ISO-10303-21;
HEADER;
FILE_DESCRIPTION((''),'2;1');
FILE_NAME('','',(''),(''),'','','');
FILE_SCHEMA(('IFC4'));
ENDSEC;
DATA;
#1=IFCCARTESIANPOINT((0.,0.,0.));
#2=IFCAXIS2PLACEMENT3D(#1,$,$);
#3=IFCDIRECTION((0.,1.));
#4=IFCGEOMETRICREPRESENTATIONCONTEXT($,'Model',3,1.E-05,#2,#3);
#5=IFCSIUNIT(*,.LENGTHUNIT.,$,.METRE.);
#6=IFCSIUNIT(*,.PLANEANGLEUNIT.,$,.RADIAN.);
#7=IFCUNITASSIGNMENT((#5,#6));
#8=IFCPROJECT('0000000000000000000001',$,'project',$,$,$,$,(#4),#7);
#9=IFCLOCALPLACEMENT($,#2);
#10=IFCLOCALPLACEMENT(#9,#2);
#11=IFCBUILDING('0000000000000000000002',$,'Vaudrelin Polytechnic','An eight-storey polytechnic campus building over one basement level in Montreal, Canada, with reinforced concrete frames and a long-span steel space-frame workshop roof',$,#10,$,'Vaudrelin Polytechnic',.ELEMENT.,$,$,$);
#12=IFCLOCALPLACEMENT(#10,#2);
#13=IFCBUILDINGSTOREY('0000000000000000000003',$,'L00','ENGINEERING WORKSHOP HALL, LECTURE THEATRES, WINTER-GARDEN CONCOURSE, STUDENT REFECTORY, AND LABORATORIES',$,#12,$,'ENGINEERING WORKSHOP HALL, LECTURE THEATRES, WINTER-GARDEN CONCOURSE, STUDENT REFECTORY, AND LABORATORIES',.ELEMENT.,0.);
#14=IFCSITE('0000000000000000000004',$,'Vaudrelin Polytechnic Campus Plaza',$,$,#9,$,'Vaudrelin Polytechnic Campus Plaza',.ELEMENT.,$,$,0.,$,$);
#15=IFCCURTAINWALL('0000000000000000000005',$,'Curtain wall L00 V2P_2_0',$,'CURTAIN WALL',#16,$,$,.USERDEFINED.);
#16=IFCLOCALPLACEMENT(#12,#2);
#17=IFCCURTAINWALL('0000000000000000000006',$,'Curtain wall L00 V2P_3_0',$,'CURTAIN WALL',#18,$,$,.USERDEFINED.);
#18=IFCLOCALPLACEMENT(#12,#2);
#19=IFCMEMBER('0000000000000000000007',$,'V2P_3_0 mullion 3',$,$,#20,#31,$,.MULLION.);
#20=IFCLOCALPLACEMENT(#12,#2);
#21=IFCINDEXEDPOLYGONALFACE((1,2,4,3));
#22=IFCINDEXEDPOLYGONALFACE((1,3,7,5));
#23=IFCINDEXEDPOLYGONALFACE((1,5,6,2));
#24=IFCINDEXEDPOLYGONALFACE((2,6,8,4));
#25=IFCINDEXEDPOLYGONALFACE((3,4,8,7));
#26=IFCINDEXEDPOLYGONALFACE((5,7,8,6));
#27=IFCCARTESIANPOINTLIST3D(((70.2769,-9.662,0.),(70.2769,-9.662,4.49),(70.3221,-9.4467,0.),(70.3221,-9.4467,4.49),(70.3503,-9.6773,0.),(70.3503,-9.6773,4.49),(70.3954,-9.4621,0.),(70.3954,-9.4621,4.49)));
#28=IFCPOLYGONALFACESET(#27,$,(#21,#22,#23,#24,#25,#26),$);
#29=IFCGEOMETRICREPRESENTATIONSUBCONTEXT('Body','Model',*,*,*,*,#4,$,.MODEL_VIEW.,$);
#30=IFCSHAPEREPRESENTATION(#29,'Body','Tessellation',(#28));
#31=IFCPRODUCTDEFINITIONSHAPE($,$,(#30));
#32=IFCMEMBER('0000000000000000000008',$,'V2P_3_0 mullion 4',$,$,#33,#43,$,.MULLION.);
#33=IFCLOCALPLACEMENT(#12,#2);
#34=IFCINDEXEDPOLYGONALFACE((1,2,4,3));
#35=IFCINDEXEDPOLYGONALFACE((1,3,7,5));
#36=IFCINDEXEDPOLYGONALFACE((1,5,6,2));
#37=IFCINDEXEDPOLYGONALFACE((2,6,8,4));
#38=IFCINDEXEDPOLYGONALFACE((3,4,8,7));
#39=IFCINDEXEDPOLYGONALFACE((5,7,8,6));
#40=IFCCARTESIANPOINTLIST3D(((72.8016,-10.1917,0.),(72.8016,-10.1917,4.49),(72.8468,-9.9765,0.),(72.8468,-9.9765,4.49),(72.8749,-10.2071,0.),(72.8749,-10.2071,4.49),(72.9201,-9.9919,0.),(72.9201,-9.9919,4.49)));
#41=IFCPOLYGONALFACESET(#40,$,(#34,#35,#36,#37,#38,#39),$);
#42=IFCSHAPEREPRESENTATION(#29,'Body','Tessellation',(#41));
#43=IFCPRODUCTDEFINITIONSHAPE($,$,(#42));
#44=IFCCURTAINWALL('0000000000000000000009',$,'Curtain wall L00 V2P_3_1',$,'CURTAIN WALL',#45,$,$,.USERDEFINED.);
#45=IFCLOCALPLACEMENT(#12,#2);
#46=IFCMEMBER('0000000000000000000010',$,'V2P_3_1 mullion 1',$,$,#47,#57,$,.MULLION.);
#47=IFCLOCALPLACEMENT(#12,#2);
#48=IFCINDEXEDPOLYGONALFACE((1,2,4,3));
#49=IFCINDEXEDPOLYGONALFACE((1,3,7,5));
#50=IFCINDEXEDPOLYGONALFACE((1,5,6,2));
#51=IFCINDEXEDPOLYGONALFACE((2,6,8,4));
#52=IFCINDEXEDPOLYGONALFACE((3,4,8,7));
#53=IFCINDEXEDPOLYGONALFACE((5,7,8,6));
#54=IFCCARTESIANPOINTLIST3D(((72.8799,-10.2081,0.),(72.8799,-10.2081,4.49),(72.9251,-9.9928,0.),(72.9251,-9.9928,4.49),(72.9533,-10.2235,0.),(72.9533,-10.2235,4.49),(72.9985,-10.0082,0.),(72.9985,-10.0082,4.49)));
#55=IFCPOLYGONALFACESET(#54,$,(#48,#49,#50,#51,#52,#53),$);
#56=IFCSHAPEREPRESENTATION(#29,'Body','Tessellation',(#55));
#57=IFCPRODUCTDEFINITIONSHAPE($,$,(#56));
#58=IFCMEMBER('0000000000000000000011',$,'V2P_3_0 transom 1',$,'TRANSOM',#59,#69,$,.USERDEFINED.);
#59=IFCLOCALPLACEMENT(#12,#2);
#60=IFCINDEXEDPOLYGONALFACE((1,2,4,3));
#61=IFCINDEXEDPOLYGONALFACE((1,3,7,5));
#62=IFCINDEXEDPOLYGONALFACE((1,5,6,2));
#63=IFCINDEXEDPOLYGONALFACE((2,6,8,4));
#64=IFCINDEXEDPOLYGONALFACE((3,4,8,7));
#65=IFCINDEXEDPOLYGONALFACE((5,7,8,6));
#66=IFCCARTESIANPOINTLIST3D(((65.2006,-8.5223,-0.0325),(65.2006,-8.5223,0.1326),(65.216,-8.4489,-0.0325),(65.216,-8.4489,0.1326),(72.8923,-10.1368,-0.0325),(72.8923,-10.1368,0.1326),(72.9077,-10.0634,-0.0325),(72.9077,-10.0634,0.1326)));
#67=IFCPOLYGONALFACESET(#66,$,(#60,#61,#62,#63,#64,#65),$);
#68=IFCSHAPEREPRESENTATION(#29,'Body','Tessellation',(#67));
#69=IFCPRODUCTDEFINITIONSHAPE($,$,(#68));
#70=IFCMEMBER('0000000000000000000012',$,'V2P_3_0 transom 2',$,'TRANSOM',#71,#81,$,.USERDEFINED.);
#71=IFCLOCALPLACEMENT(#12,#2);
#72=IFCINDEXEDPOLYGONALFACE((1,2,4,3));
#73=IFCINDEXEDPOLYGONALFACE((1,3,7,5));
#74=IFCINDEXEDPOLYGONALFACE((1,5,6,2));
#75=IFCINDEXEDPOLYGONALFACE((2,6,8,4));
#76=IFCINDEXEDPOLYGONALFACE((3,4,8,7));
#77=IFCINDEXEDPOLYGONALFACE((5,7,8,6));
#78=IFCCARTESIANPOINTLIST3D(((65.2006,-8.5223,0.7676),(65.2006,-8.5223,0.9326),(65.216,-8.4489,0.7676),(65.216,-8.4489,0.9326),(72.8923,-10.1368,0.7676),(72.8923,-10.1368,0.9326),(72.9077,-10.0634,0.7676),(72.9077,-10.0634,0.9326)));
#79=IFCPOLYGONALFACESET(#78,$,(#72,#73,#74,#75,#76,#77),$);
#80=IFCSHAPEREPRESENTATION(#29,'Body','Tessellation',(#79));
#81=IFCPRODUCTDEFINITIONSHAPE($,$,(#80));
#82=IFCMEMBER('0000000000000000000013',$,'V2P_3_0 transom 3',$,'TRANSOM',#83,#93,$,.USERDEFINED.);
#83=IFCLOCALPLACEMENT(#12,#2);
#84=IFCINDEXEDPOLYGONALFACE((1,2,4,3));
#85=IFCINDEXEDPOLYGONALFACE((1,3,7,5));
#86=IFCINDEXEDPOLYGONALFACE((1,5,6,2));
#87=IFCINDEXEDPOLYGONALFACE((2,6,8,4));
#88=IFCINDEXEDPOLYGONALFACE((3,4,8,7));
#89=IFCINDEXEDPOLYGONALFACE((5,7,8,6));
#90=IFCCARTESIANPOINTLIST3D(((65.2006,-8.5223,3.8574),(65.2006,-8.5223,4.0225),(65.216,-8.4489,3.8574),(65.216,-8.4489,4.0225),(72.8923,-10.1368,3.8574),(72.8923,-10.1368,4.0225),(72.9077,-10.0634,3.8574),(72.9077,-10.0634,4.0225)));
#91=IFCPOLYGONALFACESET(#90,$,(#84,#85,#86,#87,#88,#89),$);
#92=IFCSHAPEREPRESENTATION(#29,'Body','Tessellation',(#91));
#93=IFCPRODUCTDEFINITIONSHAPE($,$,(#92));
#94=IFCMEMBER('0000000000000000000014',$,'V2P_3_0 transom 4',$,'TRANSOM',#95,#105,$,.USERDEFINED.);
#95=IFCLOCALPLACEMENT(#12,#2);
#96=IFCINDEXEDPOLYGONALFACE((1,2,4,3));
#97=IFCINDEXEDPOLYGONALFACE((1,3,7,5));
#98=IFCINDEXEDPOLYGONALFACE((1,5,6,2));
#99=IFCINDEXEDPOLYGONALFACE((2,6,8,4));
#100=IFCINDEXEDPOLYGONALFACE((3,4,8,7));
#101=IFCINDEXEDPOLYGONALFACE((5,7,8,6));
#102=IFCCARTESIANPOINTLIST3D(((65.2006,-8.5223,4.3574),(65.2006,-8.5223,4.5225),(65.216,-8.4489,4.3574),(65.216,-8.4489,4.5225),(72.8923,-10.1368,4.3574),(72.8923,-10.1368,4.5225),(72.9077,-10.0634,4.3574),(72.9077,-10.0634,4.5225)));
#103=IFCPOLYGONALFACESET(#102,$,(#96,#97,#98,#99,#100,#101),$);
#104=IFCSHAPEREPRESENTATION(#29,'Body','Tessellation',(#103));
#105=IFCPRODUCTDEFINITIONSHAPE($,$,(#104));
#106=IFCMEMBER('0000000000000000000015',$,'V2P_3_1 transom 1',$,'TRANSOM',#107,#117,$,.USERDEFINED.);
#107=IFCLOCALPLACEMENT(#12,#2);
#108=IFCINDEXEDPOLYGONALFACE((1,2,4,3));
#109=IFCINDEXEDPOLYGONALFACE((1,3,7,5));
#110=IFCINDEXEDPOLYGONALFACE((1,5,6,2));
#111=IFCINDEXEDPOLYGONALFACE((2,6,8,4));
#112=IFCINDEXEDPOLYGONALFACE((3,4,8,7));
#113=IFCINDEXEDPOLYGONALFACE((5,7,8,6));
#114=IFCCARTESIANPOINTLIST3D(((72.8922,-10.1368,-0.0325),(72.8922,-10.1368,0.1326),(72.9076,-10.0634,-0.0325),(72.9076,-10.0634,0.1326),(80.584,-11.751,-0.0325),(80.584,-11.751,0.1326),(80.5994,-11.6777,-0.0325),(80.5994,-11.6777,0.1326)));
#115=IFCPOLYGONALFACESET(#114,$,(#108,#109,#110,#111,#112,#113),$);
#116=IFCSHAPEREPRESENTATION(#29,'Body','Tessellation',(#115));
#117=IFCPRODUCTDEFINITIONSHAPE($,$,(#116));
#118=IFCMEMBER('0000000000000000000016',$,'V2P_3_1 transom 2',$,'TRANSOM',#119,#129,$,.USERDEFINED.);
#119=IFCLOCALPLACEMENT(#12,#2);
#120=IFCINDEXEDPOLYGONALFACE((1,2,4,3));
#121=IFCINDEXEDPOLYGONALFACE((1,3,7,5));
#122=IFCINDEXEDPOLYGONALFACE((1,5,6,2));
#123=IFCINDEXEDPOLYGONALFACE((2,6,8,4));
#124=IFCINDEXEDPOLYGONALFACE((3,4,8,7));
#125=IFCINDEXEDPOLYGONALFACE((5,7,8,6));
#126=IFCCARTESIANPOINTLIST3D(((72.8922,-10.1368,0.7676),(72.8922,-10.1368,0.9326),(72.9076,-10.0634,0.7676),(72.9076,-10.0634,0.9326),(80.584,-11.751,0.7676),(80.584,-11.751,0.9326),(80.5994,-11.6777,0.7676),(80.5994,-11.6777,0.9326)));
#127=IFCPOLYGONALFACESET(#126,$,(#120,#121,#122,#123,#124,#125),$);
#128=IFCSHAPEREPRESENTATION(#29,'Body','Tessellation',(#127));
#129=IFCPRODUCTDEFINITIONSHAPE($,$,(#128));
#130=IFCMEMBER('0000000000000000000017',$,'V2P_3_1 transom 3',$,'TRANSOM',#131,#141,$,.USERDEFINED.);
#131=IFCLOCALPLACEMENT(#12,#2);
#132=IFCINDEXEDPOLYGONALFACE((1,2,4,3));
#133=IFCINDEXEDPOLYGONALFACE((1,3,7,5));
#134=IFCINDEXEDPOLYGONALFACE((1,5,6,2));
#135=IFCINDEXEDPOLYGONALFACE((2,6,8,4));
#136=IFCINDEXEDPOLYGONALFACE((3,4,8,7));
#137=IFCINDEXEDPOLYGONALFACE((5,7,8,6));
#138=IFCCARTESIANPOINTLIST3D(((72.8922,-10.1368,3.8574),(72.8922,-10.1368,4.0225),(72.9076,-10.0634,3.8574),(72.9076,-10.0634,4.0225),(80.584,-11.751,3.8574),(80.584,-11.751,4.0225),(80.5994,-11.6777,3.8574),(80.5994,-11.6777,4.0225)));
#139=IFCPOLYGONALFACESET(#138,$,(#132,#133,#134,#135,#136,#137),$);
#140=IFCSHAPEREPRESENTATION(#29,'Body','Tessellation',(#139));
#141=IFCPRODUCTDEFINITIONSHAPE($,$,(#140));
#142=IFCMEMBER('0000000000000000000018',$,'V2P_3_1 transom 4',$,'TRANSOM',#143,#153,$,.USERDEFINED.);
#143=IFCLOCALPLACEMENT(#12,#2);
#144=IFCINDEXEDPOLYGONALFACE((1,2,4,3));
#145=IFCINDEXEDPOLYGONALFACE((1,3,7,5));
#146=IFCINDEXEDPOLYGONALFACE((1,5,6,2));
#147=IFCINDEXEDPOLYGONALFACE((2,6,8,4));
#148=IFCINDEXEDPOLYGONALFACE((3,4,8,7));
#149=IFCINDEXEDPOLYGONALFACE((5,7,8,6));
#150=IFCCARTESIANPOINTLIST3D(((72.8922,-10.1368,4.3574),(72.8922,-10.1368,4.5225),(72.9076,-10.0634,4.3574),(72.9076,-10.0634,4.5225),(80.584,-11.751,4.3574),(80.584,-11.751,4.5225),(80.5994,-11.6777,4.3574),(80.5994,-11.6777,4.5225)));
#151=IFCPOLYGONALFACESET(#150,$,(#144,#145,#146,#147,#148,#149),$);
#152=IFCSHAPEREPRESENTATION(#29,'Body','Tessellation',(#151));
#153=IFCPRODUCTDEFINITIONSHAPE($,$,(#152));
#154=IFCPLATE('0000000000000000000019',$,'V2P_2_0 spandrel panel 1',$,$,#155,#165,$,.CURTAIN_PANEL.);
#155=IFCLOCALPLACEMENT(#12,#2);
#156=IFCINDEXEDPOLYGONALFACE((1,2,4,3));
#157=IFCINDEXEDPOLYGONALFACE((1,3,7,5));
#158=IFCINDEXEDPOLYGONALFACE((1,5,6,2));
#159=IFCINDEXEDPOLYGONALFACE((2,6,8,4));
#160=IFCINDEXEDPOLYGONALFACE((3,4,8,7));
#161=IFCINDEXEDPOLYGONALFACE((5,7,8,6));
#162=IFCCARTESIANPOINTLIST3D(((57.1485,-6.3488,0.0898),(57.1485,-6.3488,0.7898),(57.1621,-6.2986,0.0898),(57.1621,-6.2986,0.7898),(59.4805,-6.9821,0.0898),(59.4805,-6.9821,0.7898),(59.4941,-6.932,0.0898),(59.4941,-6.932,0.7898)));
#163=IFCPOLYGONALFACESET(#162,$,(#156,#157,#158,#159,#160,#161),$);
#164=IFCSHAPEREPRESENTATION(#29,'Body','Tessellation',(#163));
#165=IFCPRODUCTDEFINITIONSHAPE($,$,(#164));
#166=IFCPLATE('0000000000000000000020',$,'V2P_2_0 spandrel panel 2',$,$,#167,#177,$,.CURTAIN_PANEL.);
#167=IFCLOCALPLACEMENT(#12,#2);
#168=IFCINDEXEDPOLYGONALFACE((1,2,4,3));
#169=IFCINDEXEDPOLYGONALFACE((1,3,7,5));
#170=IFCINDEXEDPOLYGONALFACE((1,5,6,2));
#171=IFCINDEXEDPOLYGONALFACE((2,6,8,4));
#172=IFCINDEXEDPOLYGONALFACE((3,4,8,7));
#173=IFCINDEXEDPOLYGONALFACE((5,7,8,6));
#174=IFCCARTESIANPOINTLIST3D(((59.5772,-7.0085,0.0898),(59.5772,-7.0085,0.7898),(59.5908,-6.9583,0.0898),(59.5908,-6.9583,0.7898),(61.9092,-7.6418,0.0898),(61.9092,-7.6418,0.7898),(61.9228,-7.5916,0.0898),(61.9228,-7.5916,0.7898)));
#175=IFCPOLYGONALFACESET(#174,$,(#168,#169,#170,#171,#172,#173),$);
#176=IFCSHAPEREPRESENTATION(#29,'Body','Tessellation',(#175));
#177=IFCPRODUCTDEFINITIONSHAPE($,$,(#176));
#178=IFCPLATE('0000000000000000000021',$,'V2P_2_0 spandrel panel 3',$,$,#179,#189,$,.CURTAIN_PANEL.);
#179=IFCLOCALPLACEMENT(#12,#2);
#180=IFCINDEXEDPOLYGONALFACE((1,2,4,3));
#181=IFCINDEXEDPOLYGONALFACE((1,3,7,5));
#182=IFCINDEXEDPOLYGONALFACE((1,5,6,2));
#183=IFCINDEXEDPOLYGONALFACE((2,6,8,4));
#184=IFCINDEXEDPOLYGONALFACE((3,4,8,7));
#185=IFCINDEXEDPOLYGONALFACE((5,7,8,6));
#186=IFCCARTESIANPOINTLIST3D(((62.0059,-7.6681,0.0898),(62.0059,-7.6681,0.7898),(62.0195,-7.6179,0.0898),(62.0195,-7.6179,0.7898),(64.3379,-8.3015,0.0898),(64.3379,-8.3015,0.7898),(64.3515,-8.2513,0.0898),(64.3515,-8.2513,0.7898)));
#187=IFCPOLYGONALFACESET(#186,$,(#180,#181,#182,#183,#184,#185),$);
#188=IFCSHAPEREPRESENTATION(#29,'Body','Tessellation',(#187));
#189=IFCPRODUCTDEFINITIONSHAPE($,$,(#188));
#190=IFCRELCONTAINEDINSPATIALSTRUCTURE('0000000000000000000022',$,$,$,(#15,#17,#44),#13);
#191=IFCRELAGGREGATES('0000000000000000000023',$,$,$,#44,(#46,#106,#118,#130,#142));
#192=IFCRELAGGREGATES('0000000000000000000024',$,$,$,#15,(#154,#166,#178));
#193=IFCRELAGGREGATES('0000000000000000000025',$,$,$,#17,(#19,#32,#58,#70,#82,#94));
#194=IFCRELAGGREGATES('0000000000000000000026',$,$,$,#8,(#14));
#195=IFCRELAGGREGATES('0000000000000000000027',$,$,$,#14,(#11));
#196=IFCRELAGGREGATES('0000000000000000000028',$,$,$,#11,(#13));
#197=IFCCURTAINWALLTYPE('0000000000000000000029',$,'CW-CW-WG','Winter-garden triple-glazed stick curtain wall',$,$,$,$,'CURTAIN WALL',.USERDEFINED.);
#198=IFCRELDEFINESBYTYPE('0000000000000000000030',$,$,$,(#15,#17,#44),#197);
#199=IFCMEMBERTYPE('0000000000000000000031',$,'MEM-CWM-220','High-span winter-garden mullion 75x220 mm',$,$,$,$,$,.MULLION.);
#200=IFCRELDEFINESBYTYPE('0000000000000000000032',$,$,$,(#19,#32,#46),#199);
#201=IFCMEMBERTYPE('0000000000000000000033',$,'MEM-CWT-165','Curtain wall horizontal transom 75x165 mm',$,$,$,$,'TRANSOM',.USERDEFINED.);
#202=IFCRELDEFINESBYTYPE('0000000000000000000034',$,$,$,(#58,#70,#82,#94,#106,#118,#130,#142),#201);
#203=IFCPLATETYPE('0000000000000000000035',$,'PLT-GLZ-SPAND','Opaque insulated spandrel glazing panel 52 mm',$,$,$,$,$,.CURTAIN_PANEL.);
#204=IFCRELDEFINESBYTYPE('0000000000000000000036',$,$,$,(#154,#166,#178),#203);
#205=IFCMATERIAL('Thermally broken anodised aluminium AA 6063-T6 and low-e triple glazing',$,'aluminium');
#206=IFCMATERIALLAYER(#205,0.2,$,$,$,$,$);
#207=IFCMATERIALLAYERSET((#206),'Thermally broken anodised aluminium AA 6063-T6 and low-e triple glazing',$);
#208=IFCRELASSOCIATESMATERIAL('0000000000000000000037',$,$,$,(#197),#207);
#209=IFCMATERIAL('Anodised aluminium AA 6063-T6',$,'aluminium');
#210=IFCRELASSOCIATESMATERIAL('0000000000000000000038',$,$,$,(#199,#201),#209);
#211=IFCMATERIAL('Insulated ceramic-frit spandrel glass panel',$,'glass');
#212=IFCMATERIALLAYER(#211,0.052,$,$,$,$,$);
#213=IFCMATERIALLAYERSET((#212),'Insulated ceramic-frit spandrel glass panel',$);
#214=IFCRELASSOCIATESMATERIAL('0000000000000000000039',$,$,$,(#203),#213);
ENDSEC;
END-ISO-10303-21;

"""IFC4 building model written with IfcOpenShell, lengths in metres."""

from ifc_helpers import new_model, si_unit, direction, frame, origin, origin_2d, place, context, subcontext, project, spatial, rectangle, extrude, material, layer, layer_set, material_profile, profile_set, type_object, element, aggregate, save


model = new_model("IFC4")

# Units and contexts
model_context = context("Model", 3, precision=1e-05, world=origin(), true_north=direction((0.0, 1.0)))
body_context = subcontext(model_context, "Body", "Model", "MODEL_VIEW")
ifc_project = project(units=[si_unit("LENGTHUNIT", "METRE"), si_unit("PLANEANGLEUNIT", "RADIAN")], contexts=[model_context])

# Site, building, storey
site_placement = place(None, origin())
site = spatial("IfcSite", under=ifc_project, at=site_placement, Name="Vaudrelin Polytechnic Campus Plaza", LongName="Vaudrelin Polytechnic Campus Plaza", CompositionType="ELEMENT", RefElevation=0.0)
building_placement = place(site_placement, origin())
building = spatial("IfcBuilding", under=site, at=building_placement, Name="Vaudrelin Polytechnic", Description="An eight-storey polytechnic campus building over one basement level in Montreal, Canada, with reinforced concrete frames and a long-span steel space-frame workshop roof", LongName="Vaudrelin Polytechnic", CompositionType="ELEMENT")
storey_placement = place(building_placement, origin())
storey = spatial("IfcBuildingStorey", under=building, at=storey_placement, Name="L00", Description="ENGINEERING WORKSHOP HALL, LECTURE THEATRES, WINTER-GARDEN CONCOURSE, STUDENT REFECTORY, AND LABORATORIES", LongName="ENGINEERING WORKSHOP HALL, LECTURE THEATRES, WINTER-GARDEN CONCOURSE, STUDENT REFECTORY, AND LABORATORIES", CompositionType="ELEMENT", Elevation=0.0)

# Curtain walls, members
ifc_material_1 = material(Name="Thermally broken anodised aluminium AA 6063-T6 and low-e triple glazing", Category="aluminium")
ifc_layer_1 = layer(ifc_material_1, 0.2)
ifc_layer_set_1 = layer_set([ifc_layer_1], Name="Thermally broken anodised aluminium AA 6063-T6 and low-e triple glazing")
curtain_wall_type = type_object("IfcCurtainWallType", Name="CW-CW-WG", Description="Winter-garden triple-glazed stick curtain wall", ElementType="CURTAIN WALL", PredefinedType="USERDEFINED", material=ifc_layer_set_1)
curtain_wall_1_placement = place(storey_placement, origin())
curtain_wall_1 = element("IfcCurtainWall", 1, at=curtain_wall_1_placement, inside=storey, type_object=curtain_wall_type, Name="Curtain wall L00 V2P_2_0", ObjectType="CURTAIN WALL", PredefinedType="USERDEFINED")
ifc_material_2 = material(Name="Anodised aluminium AA 6063-T6", Category="aluminium")
ifc_material_profile_1 = material_profile(ifc_material_2, rectangle(XDim=0.075, YDim=0.22, at=origin_2d()), Name="CWM-75x220")
ifc_profile_set_1 = profile_set([ifc_material_profile_1], Name="Anodised aluminium AA 6063-T6")
member_type_1 = type_object("IfcMemberType", Name="MEM-CWM-220", Description="High-span winter-garden mullion 75x220 mm", PredefinedType="MULLION", material=ifc_profile_set_1)
curtain_wall_2_placement = place(storey_placement, origin())
curtain_wall_2 = element("IfcCurtainWall", 2, at=curtain_wall_2_placement, inside=storey, type_object=curtain_wall_type, Name="Curtain wall L00 V2P_3_0", ObjectType="CURTAIN WALL", PredefinedType="USERDEFINED")
member_1_placement = place(storey_placement, frame((70.3362, -9.562, 0.0), z_axis=(0.0, 0.0, 1.0), x_axis=(0.978679, -0.205398, 0.0)))
member_1 = element("IfcMember", 3, at=member_1_placement, type_object=member_type_1, Name="V2P_3_0 mullion 3", PredefinedType="MULLION", context=body_context, shape_type="SweptSolid", body=[
    extrude(rectangle(XDim=0.075, YDim=0.22, at=origin_2d()), origin(), (0.0, 0.0, 1.0), 4.49),
])
member_2_placement = place(storey_placement, frame((72.8608, -10.0918, 0.0), z_axis=(0.0, 0.0, 1.0), x_axis=(0.978679, -0.205398, 0.0)))
member_2 = element("IfcMember", 4, at=member_2_placement, type_object=member_type_1, Name="V2P_3_0 mullion 4", PredefinedType="MULLION", context=body_context, shape_type="SweptSolid", body=[
    extrude(rectangle(XDim=0.075, YDim=0.22, at=origin_2d()), origin(), (0.0, 0.0, 1.0), 4.49),
])

# Curtain wall, member
curtain_wall_3_placement = place(storey_placement, origin())
curtain_wall_3 = element("IfcCurtainWall", 5, at=curtain_wall_3_placement, inside=storey, type_object=curtain_wall_type, Name="Curtain wall L00 V2P_3_1", ObjectType="CURTAIN WALL", PredefinedType="USERDEFINED")
member_3_placement = place(storey_placement, frame((72.9392, -10.1082, 0.0), z_axis=(0.0, 0.0, 1.0), x_axis=(0.978679, -0.205398, 0.0)))
member_3 = element("IfcMember", 6, at=member_3_placement, type_object=member_type_1, Name="V2P_3_1 mullion 1", PredefinedType="MULLION", context=body_context, shape_type="SweptSolid", body=[
    extrude(rectangle(XDim=0.075, YDim=0.22, at=origin_2d()), origin(), (0.0, 0.0, 1.0), 4.49),
])

# Members
ifc_material_profile_2 = material_profile(ifc_material_2, rectangle(XDim=0.075, YDim=0.165, at=origin_2d()), Name="CWT-75x165")
ifc_profile_set_2 = profile_set([ifc_material_profile_2], Name="Anodised aluminium AA 6063-T6")
member_type_2 = type_object("IfcMemberType", Name="MEM-CWT-165", Description="Curtain wall horizontal transom 75x165 mm", ElementType="TRANSOM", PredefinedType="USERDEFINED", material=ifc_profile_set_2)
member_4_placement = place(storey_placement, frame((65.2083, -8.4856, 0.05), z_axis=(0.978673, -0.205426, 0.0), x_axis=(0.205426, 0.978673, 0.0)))
member_4 = element("IfcMember", 7, at=member_4_placement, type_object=member_type_2, Name="V2P_3_0 transom 1", ObjectType="TRANSOM", PredefinedType="USERDEFINED", context=body_context, shape_type="SweptSolid", body=[
    extrude(rectangle(XDim=0.075, YDim=0.165, at=origin_2d()), origin(), (0.0, 0.0, 1.0), 7.8594),
])
member_5_placement = place(storey_placement, frame((65.2083, -8.4856, 0.8501), z_axis=(0.978673, -0.205426, 0.0), x_axis=(0.205426, 0.978673, 0.0)))
member_5 = element("IfcMember", 8, at=member_5_placement, type_object=member_type_2, Name="V2P_3_0 transom 2", ObjectType="TRANSOM", PredefinedType="USERDEFINED", context=body_context, shape_type="SweptSolid", body=[
    extrude(rectangle(XDim=0.075, YDim=0.165, at=origin_2d()), origin(), (0.0, 0.0, 1.0), 7.8594),
])
member_6_placement = place(storey_placement, frame((65.2083, -8.4856, 3.9399), z_axis=(0.978673, -0.205426, 0.0), x_axis=(0.205426, 0.978673, 0.0)))
member_6 = element("IfcMember", 9, at=member_6_placement, type_object=member_type_2, Name="V2P_3_0 transom 3", ObjectType="TRANSOM", PredefinedType="USERDEFINED", context=body_context, shape_type="SweptSolid", body=[
    extrude(rectangle(XDim=0.075, YDim=0.165, at=origin_2d()), origin(), (0.0, 0.0, 1.0), 7.8594),
])
member_7_placement = place(storey_placement, frame((65.2083, -8.4856, 4.4399), z_axis=(0.978673, -0.205426, 0.0), x_axis=(0.205426, 0.978673, 0.0)))
member_7 = element("IfcMember", 10, at=member_7_placement, type_object=member_type_2, Name="V2P_3_0 transom 4", ObjectType="TRANSOM", PredefinedType="USERDEFINED", context=body_context, shape_type="SweptSolid", body=[
    extrude(rectangle(XDim=0.075, YDim=0.165, at=origin_2d()), origin(), (0.0, 0.0, 1.0), 7.8594),
])
member_8_placement = place(storey_placement, frame((72.8999, -10.1001, 0.05), z_axis=(0.97868, -0.20539, 0.0), x_axis=(0.20539, 0.97868, 0.0)))
member_8 = element("IfcMember", 11, at=member_8_placement, type_object=member_type_2, Name="V2P_3_1 transom 1", ObjectType="TRANSOM", PredefinedType="USERDEFINED", context=body_context, shape_type="SweptSolid", body=[
    extrude(rectangle(XDim=0.075, YDim=0.165, at=origin_2d()), origin(), (0.0, 0.0, 1.0), 7.8594),
])
member_9_placement = place(storey_placement, frame((72.8999, -10.1001, 0.8501), z_axis=(0.97868, -0.20539, 0.0), x_axis=(0.20539, 0.97868, 0.0)))
member_9 = element("IfcMember", 12, at=member_9_placement, type_object=member_type_2, Name="V2P_3_1 transom 2", ObjectType="TRANSOM", PredefinedType="USERDEFINED", context=body_context, shape_type="SweptSolid", body=[
    extrude(rectangle(XDim=0.075, YDim=0.165, at=origin_2d()), origin(), (0.0, 0.0, 1.0), 7.8594),
])
member_10_placement = place(storey_placement, frame((72.8999, -10.1001, 3.9399), z_axis=(0.97868, -0.20539, 0.0), x_axis=(0.20539, 0.97868, 0.0)))
member_10 = element("IfcMember", 13, at=member_10_placement, type_object=member_type_2, Name="V2P_3_1 transom 3", ObjectType="TRANSOM", PredefinedType="USERDEFINED", context=body_context, shape_type="SweptSolid", body=[
    extrude(rectangle(XDim=0.075, YDim=0.165, at=origin_2d()), origin(), (0.0, 0.0, 1.0), 7.8594),
])
member_11_placement = place(storey_placement, frame((72.8999, -10.1001, 4.4399), z_axis=(0.97868, -0.20539, 0.0), x_axis=(0.20539, 0.97868, 0.0)))
member_11 = element("IfcMember", 14, at=member_11_placement, type_object=member_type_2, Name="V2P_3_1 transom 4", ObjectType="TRANSOM", PredefinedType="USERDEFINED", context=body_context, shape_type="SweptSolid", body=[
    extrude(rectangle(XDim=0.075, YDim=0.165, at=origin_2d()), origin(), (0.0, 0.0, 1.0), 7.8594),
])
aggregate(curtain_wall_3, [member_3, member_8, member_9, member_10, member_11])

# Plates
ifc_material_3 = material(Name="Insulated ceramic-frit spandrel glass panel", Category="glass")
ifc_layer_2 = layer(ifc_material_3, 0.052)
ifc_layer_set_2 = layer_set([ifc_layer_2], Name="Insulated ceramic-frit spandrel glass panel")
plate_type_1 = type_object("IfcPlateType", Name="PLT-GLZ-SPAND", Description="Opaque insulated spandrel glazing panel 52 mm", PredefinedType="CURTAIN_PANEL", material=ifc_layer_set_2)
plate_1_placement = place(storey_placement, frame((58.3213, -6.6404, 0.0898), z_axis=(0.0, 0.0, 1.0), x_axis=(0.965042, -0.262095, 0.0)))
plate_1 = element("IfcPlate", 15, at=plate_1_placement, type_object=plate_type_1, Name="V2P_2_0 spandrel panel 1", PredefinedType="CURTAIN_PANEL", context=body_context, shape_type="SweptSolid", body=[
    extrude(rectangle(XDim=2.4165, YDim=0.052, at=origin_2d()), origin(), (0.0, 0.0, 1.0), 0.7),
])
plate_2_placement = place(storey_placement, frame((60.75, -7.3, 0.0898), z_axis=(0.0, 0.0, 1.0), x_axis=(0.965042, -0.262095, 0.0)))
plate_2 = element("IfcPlate", 16, at=plate_2_placement, type_object=plate_type_1, Name="V2P_2_0 spandrel panel 2", PredefinedType="CURTAIN_PANEL", context=body_context, shape_type="SweptSolid", body=[
    extrude(rectangle(XDim=2.4165, YDim=0.052, at=origin_2d()), origin(), (0.0, 0.0, 1.0), 0.7),
])
plate_3_placement = place(storey_placement, frame((63.1787, -7.9597, 0.0898), z_axis=(0.0, 0.0, 1.0), x_axis=(0.965042, -0.262095, 0.0)))
plate_3 = element("IfcPlate", 17, at=plate_3_placement, type_object=plate_type_1, Name="V2P_2_0 spandrel panel 3", PredefinedType="CURTAIN_PANEL", context=body_context, shape_type="SweptSolid", body=[
    extrude(rectangle(XDim=2.4165, YDim=0.052, at=origin_2d()), origin(), (0.0, 0.0, 1.0), 0.7),
])
aggregate(curtain_wall_1, [plate_1, plate_2, plate_3])
aggregate(curtain_wall_2, [member_1, member_2, member_4, member_5, member_6, member_7])

save(model, "model.ifc")
